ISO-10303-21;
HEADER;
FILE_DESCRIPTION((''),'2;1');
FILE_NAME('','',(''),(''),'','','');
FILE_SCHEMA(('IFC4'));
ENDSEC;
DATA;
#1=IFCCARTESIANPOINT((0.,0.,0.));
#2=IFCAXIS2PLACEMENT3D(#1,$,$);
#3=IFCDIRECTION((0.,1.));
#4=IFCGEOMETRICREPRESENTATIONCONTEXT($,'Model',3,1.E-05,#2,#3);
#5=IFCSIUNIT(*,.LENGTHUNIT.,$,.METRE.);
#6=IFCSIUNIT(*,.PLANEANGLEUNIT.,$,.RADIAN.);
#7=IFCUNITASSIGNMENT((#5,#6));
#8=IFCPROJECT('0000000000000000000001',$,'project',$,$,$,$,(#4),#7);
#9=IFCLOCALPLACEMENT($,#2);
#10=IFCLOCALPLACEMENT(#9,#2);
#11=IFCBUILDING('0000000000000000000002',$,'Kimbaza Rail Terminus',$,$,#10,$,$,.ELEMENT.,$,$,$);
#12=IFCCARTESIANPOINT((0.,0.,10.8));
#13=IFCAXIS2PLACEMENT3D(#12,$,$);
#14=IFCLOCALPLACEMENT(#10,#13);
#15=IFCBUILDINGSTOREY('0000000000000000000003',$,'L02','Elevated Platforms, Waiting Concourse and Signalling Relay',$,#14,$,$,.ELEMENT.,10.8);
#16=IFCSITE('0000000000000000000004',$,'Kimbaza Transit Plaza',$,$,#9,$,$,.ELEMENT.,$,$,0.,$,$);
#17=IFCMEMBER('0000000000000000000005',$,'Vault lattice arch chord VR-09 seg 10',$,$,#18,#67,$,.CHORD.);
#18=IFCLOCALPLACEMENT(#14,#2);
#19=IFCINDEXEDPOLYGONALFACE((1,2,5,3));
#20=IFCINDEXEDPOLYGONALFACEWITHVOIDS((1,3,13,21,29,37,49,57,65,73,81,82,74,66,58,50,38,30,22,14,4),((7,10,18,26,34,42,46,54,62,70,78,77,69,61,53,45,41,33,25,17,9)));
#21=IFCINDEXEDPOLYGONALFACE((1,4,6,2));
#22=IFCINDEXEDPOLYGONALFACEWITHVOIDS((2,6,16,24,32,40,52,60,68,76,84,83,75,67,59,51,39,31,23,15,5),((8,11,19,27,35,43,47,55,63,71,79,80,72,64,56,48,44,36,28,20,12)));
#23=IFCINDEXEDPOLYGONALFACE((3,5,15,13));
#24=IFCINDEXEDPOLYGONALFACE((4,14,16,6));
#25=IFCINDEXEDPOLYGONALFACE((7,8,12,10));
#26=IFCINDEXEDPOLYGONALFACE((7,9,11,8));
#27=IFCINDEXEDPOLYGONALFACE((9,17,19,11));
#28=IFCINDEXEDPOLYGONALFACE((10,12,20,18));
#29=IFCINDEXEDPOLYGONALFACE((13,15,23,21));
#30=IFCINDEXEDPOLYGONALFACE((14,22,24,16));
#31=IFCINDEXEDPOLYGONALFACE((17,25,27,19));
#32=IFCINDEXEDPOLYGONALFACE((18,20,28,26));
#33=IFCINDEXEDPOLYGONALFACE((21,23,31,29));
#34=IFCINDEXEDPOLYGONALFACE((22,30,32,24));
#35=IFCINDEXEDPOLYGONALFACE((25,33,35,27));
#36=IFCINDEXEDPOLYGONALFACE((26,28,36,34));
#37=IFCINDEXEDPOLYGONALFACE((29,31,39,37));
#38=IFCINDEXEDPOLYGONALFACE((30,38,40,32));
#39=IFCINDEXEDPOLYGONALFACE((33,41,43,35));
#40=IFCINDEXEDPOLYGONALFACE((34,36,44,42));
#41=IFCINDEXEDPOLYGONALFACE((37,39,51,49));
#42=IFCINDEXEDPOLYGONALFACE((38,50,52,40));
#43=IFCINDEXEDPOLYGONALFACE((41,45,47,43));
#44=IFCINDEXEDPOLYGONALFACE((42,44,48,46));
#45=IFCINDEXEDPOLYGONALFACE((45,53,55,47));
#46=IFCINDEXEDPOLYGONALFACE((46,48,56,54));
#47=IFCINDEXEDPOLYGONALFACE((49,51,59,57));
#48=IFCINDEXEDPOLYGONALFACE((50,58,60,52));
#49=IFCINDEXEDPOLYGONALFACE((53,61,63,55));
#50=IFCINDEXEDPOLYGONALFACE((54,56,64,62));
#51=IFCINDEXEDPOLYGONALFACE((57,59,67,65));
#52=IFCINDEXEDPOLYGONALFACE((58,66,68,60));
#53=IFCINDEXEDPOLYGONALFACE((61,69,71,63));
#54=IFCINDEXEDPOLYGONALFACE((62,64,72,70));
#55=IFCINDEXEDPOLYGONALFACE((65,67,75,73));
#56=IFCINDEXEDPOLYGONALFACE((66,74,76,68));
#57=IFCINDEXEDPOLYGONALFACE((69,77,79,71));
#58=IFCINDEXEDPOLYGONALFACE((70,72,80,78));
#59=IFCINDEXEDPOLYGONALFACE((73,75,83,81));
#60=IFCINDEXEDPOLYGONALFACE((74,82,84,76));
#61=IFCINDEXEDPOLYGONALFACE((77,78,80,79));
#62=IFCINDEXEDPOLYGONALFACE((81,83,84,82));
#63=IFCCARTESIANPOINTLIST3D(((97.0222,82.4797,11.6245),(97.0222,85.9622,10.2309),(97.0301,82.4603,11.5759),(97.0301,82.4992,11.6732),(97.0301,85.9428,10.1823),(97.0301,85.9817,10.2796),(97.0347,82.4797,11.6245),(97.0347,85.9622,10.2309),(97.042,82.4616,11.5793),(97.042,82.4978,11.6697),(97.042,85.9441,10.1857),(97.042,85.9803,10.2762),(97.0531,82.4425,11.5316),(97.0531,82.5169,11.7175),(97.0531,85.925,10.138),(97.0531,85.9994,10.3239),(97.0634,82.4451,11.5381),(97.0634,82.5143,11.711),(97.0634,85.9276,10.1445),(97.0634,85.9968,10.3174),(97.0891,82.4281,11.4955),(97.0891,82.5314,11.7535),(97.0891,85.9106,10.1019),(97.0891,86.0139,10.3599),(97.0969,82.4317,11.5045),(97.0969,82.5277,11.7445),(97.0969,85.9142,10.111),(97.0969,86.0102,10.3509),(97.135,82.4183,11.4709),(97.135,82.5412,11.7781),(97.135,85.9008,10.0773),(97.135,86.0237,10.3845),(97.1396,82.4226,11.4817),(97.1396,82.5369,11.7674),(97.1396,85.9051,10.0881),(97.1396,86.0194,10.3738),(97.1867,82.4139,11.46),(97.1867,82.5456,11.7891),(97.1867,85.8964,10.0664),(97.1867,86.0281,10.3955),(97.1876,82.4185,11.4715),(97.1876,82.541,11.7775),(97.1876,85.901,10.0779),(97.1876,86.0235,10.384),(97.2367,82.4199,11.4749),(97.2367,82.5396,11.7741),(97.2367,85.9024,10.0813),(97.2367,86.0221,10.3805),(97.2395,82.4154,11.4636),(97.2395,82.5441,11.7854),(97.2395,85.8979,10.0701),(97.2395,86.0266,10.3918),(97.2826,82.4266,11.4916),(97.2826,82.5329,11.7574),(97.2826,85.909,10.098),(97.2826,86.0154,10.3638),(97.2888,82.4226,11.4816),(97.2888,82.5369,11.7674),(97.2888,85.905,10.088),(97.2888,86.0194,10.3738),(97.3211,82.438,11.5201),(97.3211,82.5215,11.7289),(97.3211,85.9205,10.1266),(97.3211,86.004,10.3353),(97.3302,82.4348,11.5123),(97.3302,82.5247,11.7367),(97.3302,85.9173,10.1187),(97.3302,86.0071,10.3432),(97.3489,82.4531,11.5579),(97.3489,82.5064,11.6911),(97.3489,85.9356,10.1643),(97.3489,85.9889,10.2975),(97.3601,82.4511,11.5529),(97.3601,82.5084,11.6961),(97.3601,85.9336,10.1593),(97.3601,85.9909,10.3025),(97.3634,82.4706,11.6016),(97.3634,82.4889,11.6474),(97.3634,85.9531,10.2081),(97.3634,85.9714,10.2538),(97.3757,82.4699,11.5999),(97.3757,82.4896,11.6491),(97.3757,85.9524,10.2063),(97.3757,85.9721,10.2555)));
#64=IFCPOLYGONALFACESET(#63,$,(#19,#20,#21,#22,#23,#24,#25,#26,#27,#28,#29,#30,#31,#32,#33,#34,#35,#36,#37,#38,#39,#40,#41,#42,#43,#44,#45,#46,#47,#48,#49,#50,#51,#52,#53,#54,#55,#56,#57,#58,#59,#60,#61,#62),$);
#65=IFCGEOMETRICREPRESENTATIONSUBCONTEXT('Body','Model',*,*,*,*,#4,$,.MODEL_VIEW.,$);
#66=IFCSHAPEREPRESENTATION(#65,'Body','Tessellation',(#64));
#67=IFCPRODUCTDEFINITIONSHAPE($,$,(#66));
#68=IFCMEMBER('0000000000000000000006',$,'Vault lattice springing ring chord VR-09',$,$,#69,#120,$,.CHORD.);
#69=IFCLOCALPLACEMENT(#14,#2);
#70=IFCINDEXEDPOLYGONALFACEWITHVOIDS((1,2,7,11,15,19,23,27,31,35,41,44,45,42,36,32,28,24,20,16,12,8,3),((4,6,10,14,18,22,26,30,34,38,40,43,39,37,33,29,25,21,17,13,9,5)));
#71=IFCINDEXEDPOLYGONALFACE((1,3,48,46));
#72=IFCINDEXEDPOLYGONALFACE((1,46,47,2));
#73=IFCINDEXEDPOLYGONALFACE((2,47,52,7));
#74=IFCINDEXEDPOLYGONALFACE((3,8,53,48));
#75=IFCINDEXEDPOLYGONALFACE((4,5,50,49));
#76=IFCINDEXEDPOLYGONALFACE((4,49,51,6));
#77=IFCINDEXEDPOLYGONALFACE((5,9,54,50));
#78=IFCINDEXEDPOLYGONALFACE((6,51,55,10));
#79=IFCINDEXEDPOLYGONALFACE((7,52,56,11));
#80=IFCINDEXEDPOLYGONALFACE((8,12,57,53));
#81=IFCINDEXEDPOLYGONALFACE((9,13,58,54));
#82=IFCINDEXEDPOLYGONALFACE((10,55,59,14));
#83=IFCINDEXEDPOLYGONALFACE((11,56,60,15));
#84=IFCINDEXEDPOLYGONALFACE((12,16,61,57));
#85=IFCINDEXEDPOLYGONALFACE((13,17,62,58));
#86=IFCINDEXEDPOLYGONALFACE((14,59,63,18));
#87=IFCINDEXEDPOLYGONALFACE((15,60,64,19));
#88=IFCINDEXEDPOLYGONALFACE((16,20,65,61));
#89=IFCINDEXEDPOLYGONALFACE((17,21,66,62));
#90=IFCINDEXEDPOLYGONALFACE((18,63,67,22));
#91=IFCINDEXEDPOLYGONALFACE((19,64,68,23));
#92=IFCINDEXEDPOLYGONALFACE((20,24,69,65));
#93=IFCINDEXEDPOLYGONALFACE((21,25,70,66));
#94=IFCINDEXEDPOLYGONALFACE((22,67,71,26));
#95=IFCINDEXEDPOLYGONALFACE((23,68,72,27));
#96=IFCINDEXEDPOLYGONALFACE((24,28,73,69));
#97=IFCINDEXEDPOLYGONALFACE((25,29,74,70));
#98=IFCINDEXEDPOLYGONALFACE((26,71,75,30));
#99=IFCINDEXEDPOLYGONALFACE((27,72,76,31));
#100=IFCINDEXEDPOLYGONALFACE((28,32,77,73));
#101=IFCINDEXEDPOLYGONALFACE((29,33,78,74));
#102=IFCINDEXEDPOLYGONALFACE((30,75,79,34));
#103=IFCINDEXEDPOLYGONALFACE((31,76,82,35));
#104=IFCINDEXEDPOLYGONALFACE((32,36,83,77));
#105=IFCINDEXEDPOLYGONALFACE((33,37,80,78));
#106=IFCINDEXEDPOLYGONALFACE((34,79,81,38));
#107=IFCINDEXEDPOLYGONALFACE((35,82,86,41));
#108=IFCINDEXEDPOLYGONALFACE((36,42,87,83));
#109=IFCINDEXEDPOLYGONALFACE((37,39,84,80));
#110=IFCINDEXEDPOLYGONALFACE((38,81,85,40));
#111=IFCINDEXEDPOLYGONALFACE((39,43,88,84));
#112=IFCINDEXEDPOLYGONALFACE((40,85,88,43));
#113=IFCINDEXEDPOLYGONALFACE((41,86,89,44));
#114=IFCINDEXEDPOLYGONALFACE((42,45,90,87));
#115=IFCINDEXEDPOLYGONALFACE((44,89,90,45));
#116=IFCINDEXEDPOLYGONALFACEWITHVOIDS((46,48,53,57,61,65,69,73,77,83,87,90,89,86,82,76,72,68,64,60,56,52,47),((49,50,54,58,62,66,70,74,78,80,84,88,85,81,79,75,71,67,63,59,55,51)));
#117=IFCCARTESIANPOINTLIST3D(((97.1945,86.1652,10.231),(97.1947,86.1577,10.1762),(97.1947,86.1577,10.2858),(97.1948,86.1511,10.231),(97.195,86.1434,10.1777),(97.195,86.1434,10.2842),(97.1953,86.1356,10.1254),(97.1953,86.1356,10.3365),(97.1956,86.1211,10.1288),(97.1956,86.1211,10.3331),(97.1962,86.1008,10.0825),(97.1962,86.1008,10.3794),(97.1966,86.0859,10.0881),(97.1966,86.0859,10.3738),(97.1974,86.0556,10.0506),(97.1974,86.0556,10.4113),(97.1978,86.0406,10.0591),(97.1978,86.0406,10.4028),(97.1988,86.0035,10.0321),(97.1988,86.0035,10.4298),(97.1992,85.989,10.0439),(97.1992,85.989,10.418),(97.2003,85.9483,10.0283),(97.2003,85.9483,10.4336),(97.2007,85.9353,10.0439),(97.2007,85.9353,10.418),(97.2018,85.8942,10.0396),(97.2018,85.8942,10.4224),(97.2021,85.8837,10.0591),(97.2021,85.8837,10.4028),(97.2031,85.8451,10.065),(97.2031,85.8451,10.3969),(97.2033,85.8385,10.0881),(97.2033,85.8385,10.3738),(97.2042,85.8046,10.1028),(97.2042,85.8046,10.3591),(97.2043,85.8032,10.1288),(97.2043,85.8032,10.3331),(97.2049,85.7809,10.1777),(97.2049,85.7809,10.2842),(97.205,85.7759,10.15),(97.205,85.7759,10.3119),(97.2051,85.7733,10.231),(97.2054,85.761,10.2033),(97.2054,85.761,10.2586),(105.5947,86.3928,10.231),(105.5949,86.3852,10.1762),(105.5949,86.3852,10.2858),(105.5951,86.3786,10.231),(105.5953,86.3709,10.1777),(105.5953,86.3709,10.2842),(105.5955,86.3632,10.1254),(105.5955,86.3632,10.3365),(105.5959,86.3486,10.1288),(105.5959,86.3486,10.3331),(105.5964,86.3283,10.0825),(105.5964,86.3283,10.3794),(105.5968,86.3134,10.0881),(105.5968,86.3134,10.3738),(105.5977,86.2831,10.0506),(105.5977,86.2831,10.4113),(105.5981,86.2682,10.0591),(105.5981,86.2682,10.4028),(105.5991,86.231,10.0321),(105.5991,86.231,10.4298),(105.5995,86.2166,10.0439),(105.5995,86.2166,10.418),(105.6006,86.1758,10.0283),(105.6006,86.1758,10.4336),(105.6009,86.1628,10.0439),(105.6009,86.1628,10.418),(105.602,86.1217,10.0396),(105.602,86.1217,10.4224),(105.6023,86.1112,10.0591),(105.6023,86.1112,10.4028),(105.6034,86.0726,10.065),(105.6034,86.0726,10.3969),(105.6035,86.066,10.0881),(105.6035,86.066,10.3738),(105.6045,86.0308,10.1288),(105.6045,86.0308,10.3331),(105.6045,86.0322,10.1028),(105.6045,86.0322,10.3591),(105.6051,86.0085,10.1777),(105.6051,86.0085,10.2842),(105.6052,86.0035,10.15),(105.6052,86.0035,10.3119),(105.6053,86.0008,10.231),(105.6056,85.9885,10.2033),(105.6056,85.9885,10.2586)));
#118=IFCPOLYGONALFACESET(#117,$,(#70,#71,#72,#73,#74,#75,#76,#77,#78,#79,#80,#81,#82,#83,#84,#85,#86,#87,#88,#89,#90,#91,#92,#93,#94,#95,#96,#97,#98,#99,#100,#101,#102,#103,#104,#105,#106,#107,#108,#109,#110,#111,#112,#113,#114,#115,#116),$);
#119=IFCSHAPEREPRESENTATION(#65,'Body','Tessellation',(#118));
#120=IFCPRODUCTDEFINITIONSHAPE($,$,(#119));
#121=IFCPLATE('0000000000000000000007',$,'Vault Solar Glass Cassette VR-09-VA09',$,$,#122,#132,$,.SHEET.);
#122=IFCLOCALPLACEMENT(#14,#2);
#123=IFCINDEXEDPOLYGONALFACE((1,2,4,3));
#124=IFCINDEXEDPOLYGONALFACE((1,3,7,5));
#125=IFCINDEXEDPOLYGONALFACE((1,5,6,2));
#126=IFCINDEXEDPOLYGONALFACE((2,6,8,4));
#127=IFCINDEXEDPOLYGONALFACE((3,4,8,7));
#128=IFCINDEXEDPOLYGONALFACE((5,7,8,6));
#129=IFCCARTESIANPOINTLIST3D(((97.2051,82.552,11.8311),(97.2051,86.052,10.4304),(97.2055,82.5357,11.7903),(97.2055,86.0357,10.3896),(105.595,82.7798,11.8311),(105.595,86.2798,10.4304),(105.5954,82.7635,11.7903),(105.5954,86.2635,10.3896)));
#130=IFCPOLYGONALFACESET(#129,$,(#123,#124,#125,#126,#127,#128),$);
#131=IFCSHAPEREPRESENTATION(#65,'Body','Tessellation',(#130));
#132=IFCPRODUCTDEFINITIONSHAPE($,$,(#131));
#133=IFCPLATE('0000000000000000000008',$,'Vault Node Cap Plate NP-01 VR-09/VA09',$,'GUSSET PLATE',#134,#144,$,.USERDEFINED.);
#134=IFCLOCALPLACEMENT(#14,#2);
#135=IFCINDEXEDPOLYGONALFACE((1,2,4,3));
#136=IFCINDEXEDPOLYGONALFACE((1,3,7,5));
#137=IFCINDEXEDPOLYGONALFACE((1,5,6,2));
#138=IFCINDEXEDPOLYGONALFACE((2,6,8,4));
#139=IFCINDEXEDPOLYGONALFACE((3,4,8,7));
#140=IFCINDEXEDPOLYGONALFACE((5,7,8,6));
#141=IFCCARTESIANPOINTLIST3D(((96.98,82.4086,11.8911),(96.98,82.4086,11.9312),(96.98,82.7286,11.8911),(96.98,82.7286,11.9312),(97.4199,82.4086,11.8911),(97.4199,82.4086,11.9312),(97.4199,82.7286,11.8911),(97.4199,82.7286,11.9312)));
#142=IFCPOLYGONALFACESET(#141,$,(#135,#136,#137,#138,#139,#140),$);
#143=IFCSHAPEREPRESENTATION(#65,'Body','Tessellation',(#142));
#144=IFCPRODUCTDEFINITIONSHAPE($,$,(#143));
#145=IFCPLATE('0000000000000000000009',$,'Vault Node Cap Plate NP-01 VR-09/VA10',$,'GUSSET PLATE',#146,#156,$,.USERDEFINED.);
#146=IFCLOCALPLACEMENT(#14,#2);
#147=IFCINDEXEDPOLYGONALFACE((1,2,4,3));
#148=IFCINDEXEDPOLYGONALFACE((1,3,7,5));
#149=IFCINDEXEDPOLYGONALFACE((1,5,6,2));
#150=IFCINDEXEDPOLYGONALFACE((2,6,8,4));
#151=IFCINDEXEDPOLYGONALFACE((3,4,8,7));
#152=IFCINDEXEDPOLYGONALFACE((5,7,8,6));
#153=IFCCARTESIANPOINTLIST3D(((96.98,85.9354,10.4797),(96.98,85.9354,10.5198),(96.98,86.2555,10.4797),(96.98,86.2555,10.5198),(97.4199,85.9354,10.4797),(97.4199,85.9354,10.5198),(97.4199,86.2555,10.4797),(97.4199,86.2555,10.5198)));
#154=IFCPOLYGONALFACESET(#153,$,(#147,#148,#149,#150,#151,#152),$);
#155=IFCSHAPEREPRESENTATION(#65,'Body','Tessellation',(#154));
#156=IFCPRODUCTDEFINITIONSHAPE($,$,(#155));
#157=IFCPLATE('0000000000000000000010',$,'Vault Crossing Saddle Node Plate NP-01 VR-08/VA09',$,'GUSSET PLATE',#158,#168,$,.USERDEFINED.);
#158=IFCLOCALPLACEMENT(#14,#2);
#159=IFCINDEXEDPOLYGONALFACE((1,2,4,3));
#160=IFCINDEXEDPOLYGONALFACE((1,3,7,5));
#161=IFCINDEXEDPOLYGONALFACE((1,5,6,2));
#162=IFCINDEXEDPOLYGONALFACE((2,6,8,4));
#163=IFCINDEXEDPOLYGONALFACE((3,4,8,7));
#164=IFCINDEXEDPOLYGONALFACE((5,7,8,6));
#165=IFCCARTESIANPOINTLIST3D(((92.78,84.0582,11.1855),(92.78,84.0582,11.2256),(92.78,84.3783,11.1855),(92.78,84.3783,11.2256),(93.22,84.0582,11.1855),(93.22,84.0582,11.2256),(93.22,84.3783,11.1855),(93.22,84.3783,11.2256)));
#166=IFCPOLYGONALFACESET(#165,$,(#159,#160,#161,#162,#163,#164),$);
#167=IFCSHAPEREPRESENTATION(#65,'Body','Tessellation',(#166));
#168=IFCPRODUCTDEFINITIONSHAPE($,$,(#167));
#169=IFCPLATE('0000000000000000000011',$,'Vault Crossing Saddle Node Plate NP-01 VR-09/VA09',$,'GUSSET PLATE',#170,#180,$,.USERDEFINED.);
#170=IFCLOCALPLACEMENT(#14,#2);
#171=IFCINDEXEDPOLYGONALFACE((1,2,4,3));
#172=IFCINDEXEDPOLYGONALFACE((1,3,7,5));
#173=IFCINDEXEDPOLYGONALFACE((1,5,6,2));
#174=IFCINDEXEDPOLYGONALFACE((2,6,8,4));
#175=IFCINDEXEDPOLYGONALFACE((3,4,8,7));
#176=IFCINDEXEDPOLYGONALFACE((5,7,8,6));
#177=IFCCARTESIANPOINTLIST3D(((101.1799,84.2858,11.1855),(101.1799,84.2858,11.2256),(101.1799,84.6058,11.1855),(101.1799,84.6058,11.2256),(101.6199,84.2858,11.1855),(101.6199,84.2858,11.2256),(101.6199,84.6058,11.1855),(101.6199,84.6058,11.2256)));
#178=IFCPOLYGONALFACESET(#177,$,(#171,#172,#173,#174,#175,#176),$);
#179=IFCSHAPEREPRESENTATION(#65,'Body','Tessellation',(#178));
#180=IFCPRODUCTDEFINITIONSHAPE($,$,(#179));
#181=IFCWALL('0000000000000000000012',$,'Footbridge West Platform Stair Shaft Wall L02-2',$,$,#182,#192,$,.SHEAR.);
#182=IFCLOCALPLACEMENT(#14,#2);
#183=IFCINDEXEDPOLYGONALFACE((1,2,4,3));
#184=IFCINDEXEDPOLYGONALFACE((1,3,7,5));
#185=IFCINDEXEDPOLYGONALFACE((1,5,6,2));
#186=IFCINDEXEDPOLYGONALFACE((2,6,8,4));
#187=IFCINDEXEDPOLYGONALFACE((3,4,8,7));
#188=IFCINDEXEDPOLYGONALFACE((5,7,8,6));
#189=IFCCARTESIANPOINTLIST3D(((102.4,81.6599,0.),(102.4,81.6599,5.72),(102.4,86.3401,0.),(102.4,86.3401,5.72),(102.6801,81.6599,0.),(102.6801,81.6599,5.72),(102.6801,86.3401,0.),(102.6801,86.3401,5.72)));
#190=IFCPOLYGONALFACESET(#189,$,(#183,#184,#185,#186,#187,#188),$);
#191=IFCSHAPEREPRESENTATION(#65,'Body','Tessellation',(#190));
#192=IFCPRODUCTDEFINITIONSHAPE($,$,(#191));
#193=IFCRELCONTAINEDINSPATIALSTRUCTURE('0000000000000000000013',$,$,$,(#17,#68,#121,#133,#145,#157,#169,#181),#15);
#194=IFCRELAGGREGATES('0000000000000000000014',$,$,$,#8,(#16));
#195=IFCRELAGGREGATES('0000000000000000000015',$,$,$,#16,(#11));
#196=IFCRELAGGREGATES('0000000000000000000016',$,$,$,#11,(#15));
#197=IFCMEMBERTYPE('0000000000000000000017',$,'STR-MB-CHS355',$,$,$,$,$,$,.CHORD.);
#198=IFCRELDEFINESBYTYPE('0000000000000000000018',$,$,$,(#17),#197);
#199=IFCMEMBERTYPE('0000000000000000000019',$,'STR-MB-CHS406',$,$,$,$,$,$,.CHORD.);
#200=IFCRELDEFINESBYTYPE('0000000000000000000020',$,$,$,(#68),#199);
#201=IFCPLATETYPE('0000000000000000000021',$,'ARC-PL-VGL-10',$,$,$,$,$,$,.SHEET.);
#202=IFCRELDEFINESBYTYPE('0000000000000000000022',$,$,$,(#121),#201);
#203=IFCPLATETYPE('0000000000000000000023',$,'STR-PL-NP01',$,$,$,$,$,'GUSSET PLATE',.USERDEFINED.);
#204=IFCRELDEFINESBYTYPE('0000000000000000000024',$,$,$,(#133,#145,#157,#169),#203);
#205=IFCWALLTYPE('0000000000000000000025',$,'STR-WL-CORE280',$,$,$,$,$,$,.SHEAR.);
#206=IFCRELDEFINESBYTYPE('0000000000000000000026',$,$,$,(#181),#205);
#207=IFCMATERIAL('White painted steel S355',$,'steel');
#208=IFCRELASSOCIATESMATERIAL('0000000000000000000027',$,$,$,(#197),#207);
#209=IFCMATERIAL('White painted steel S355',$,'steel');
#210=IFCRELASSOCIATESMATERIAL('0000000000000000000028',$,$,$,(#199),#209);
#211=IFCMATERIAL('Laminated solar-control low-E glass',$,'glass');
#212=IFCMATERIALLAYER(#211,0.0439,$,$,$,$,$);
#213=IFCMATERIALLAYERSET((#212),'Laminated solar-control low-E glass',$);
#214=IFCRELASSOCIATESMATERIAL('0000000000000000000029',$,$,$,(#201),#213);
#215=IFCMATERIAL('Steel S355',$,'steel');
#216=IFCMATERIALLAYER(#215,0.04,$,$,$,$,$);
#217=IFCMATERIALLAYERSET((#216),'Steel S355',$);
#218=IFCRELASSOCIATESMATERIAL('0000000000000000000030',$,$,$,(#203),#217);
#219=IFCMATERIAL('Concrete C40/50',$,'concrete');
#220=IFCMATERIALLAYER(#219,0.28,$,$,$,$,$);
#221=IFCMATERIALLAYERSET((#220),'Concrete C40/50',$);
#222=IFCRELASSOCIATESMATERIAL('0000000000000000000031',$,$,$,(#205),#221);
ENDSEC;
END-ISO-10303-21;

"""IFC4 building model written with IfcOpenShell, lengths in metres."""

from ifc_helpers import new_model, si_unit, direction, frame, frame_2d, origin, origin_2d, place, context, subcontext, project, spatial, polyline, rectangle, hollow_circle, outline, extrude, material, layer, layer_set, material_profile, profile_set, type_object, element, save


model = new_model("IFC4")

# Units and contexts
model_context = context("Model", 3, precision=1e-05, world=origin(), true_north=direction((0.0, 1.0)))
body_context = subcontext(model_context, "Body", "Model", "MODEL_VIEW")
ifc_project = project(units=[si_unit("LENGTHUNIT", "METRE"), si_unit("PLANEANGLEUNIT", "RADIAN")], contexts=[model_context])

# Site, building, storey
site_placement = place(None, origin())
site = spatial("IfcSite", under=ifc_project, at=site_placement, Name="Kimbaza Transit Plaza", CompositionType="ELEMENT", RefElevation=0.0)
building_placement = place(site_placement, origin())
building = spatial("IfcBuilding", under=site, at=building_placement, Name="Kimbaza Rail Terminus", CompositionType="ELEMENT")
storey_placement = place(building_placement, frame((0.0, 0.0, 10.8)))
storey = spatial("IfcBuildingStorey", under=building, at=storey_placement, Name="L02", Description="Elevated Platforms, Waiting Concourse and Signalling Relay", CompositionType="ELEMENT", Elevation=10.8)

# Members
ifc_material_1 = material(Name="White painted steel S355", Category="steel")
ifc_material_profile_1 = material_profile(ifc_material_1, hollow_circle(Radius=0.1777, WallThickness=0.0125, at=origin_2d()), Name="CHS 355.6x12.5")
ifc_profile_set_1 = profile_set([ifc_material_profile_1], Name="White painted steel S355")
member_type_1 = type_object("IfcMemberType", Name="STR-MB-CHS355", PredefinedType="CHORD", material=ifc_profile_set_1)
member_1_placement = place(storey_placement, frame((97.2, 82.4797, 11.6245), z_axis=(0.0, 0.928423, -0.371525), x_axis=(-1.0, 0.0, 0.0)))
element("IfcMember", 1, at=member_1_placement, inside=storey, type_object=member_type_1, Name="Vault lattice arch chord VR-09 seg 10", PredefinedType="CHORD", context=body_context, shape_type="SweptSolid", body=[
    extrude(hollow_circle(Radius=0.1777, WallThickness=0.0125, at=origin_2d()), origin(), (0.0, 0.0, 1.0), 3.751),
])
ifc_material_2 = material(Name="White painted steel S355", Category="steel")
ifc_material_profile_2 = material_profile(ifc_material_2, hollow_circle(Radius=0.2031, WallThickness=0.0142, at=origin_2d()), Name="CHS 406.4x14.2")
ifc_profile_set_2 = profile_set([ifc_material_profile_2], Name="White painted steel S355")
member_type_2 = type_object("IfcMemberType", Name="STR-MB-CHS406", PredefinedType="CHORD", material=ifc_profile_set_2)
member_2_placement = place(storey_placement, frame((97.2, 85.9622, 10.231), z_axis=(0.999633, 0.027078, 0.0), x_axis=(-0.027078, 0.999633, 0.0)))
element("IfcMember", 2, at=member_2_placement, inside=storey, type_object=member_type_2, Name="Vault lattice springing ring chord VR-09", PredefinedType="CHORD", context=body_context, shape_type="SweptSolid", body=[
    extrude(hollow_circle(Radius=0.2031, WallThickness=0.0142, at=origin_2d()), origin(), (0.0, 0.0, 1.0), 8.4033),
])

# Plates
ifc_material_3 = material(Name="Laminated solar-control low-E glass", Category="glass")
ifc_layer_1 = layer(ifc_material_3, 0.0439)
ifc_layer_set_1 = layer_set([ifc_layer_1], Name="Laminated solar-control low-E glass")
plate_type_1 = type_object("IfcPlateType", Name="ARC-PL-VGL-10", PredefinedType="SHEET", material=ifc_layer_set_1)
plate_placement = place(storey_placement, frame((97.2051, 82.552, 11.8311), z_axis=(-0.010087, 0.371517, 0.928371), x_axis=(0.999632, 0.02714, 0.0)))
element("IfcPlate", 3, at=plate_placement, inside=storey, type_object=plate_type_1, Name="Vault Solar Glass Cassette VR-09-VA09", PredefinedType="SHEET", context=body_context, shape_type="SweptSolid", body=[
    extrude(outline(polyline([(0.0, 0.0), (8.393, 0.0), (8.488, 3.7687), (0.095, 3.7687), (0.0, 0.0)])), origin(), (0.0, 0.0, -1.0), 0.0439),
])
ifc_material_4 = material(Name="Steel S355", Category="steel")
ifc_layer_2 = layer(ifc_material_4, 0.04)
ifc_layer_set_2 = layer_set([ifc_layer_2], Name="Steel S355")
plate_type_2 = type_object("IfcPlateType", Name="STR-PL-NP01", ElementType="GUSSET PLATE", PredefinedType="USERDEFINED", material=ifc_layer_set_2)
for number, where, z_axis, x_axis, name in (
    (4, (97.2, 82.5686, 11.8911), (0.0, 0.0, 1.0), (1.0, 0.0, 0.0), "Vault Node Cap Plate NP-01 VR-09/VA09"),
    (5, (97.2, 86.0955, 10.4797), (0.0, 0.0, 1.0), (1.0, 0.0, 0.0), "Vault Node Cap Plate NP-01 VR-09/VA10"),
    (6, (93.0, 84.2183, 11.1855), (0.0, 0.0, 1.0), (1.0, 0.0, 0.0), "Vault Crossing Saddle Node Plate NP-01 VR-08/VA09"),
    (7, (101.3999, 84.4458, 11.1855), (0.0, 0.0, 1.0), (1.0, 0.0, 0.0), "Vault Crossing Saddle Node Plate NP-01 VR-09/VA09"),
):
    element("IfcPlate", number, at=place(storey_placement, frame(where, z_axis=z_axis, x_axis=x_axis)), inside=storey, type_object=plate_type_2, Name=name, ObjectType="GUSSET PLATE", PredefinedType="USERDEFINED", context=body_context, shape_type="SweptSolid", body=[
        extrude(rectangle(XDim=0.4399, YDim=0.3201, at=origin_2d()), origin(), (0.0, 0.0, 1.0), 0.04),
    ])

# Wall
ifc_material_5 = material(Name="Concrete C40/50", Category="concrete")
ifc_layer_3 = layer(ifc_material_5, 0.28)
ifc_layer_set_3 = layer_set([ifc_layer_3], Name="Concrete C40/50")
wall_type = type_object("IfcWallType", Name="STR-WL-CORE280", PredefinedType="SHEAR", material=ifc_layer_set_3)
wall_1_placement = place(storey_placement, frame((102.54, 81.6599, 0.0), z_axis=(0.0, 0.0, 1.0), x_axis=(0.0, 1.0, 0.0)))
element("IfcWall", 8, at=wall_1_placement, inside=storey, type_object=wall_type, Name="Footbridge West Platform Stair Shaft Wall L02-2", PredefinedType="SHEAR", context=body_context, shape_type="SweptSolid", body=[
    extrude(rectangle(XDim=4.6802, YDim=0.28, at=frame_2d((2.3401, 0.0))), origin(), (0.0, 0.0, 1.0), 5.72),
])

save(model, "model.ifc")
